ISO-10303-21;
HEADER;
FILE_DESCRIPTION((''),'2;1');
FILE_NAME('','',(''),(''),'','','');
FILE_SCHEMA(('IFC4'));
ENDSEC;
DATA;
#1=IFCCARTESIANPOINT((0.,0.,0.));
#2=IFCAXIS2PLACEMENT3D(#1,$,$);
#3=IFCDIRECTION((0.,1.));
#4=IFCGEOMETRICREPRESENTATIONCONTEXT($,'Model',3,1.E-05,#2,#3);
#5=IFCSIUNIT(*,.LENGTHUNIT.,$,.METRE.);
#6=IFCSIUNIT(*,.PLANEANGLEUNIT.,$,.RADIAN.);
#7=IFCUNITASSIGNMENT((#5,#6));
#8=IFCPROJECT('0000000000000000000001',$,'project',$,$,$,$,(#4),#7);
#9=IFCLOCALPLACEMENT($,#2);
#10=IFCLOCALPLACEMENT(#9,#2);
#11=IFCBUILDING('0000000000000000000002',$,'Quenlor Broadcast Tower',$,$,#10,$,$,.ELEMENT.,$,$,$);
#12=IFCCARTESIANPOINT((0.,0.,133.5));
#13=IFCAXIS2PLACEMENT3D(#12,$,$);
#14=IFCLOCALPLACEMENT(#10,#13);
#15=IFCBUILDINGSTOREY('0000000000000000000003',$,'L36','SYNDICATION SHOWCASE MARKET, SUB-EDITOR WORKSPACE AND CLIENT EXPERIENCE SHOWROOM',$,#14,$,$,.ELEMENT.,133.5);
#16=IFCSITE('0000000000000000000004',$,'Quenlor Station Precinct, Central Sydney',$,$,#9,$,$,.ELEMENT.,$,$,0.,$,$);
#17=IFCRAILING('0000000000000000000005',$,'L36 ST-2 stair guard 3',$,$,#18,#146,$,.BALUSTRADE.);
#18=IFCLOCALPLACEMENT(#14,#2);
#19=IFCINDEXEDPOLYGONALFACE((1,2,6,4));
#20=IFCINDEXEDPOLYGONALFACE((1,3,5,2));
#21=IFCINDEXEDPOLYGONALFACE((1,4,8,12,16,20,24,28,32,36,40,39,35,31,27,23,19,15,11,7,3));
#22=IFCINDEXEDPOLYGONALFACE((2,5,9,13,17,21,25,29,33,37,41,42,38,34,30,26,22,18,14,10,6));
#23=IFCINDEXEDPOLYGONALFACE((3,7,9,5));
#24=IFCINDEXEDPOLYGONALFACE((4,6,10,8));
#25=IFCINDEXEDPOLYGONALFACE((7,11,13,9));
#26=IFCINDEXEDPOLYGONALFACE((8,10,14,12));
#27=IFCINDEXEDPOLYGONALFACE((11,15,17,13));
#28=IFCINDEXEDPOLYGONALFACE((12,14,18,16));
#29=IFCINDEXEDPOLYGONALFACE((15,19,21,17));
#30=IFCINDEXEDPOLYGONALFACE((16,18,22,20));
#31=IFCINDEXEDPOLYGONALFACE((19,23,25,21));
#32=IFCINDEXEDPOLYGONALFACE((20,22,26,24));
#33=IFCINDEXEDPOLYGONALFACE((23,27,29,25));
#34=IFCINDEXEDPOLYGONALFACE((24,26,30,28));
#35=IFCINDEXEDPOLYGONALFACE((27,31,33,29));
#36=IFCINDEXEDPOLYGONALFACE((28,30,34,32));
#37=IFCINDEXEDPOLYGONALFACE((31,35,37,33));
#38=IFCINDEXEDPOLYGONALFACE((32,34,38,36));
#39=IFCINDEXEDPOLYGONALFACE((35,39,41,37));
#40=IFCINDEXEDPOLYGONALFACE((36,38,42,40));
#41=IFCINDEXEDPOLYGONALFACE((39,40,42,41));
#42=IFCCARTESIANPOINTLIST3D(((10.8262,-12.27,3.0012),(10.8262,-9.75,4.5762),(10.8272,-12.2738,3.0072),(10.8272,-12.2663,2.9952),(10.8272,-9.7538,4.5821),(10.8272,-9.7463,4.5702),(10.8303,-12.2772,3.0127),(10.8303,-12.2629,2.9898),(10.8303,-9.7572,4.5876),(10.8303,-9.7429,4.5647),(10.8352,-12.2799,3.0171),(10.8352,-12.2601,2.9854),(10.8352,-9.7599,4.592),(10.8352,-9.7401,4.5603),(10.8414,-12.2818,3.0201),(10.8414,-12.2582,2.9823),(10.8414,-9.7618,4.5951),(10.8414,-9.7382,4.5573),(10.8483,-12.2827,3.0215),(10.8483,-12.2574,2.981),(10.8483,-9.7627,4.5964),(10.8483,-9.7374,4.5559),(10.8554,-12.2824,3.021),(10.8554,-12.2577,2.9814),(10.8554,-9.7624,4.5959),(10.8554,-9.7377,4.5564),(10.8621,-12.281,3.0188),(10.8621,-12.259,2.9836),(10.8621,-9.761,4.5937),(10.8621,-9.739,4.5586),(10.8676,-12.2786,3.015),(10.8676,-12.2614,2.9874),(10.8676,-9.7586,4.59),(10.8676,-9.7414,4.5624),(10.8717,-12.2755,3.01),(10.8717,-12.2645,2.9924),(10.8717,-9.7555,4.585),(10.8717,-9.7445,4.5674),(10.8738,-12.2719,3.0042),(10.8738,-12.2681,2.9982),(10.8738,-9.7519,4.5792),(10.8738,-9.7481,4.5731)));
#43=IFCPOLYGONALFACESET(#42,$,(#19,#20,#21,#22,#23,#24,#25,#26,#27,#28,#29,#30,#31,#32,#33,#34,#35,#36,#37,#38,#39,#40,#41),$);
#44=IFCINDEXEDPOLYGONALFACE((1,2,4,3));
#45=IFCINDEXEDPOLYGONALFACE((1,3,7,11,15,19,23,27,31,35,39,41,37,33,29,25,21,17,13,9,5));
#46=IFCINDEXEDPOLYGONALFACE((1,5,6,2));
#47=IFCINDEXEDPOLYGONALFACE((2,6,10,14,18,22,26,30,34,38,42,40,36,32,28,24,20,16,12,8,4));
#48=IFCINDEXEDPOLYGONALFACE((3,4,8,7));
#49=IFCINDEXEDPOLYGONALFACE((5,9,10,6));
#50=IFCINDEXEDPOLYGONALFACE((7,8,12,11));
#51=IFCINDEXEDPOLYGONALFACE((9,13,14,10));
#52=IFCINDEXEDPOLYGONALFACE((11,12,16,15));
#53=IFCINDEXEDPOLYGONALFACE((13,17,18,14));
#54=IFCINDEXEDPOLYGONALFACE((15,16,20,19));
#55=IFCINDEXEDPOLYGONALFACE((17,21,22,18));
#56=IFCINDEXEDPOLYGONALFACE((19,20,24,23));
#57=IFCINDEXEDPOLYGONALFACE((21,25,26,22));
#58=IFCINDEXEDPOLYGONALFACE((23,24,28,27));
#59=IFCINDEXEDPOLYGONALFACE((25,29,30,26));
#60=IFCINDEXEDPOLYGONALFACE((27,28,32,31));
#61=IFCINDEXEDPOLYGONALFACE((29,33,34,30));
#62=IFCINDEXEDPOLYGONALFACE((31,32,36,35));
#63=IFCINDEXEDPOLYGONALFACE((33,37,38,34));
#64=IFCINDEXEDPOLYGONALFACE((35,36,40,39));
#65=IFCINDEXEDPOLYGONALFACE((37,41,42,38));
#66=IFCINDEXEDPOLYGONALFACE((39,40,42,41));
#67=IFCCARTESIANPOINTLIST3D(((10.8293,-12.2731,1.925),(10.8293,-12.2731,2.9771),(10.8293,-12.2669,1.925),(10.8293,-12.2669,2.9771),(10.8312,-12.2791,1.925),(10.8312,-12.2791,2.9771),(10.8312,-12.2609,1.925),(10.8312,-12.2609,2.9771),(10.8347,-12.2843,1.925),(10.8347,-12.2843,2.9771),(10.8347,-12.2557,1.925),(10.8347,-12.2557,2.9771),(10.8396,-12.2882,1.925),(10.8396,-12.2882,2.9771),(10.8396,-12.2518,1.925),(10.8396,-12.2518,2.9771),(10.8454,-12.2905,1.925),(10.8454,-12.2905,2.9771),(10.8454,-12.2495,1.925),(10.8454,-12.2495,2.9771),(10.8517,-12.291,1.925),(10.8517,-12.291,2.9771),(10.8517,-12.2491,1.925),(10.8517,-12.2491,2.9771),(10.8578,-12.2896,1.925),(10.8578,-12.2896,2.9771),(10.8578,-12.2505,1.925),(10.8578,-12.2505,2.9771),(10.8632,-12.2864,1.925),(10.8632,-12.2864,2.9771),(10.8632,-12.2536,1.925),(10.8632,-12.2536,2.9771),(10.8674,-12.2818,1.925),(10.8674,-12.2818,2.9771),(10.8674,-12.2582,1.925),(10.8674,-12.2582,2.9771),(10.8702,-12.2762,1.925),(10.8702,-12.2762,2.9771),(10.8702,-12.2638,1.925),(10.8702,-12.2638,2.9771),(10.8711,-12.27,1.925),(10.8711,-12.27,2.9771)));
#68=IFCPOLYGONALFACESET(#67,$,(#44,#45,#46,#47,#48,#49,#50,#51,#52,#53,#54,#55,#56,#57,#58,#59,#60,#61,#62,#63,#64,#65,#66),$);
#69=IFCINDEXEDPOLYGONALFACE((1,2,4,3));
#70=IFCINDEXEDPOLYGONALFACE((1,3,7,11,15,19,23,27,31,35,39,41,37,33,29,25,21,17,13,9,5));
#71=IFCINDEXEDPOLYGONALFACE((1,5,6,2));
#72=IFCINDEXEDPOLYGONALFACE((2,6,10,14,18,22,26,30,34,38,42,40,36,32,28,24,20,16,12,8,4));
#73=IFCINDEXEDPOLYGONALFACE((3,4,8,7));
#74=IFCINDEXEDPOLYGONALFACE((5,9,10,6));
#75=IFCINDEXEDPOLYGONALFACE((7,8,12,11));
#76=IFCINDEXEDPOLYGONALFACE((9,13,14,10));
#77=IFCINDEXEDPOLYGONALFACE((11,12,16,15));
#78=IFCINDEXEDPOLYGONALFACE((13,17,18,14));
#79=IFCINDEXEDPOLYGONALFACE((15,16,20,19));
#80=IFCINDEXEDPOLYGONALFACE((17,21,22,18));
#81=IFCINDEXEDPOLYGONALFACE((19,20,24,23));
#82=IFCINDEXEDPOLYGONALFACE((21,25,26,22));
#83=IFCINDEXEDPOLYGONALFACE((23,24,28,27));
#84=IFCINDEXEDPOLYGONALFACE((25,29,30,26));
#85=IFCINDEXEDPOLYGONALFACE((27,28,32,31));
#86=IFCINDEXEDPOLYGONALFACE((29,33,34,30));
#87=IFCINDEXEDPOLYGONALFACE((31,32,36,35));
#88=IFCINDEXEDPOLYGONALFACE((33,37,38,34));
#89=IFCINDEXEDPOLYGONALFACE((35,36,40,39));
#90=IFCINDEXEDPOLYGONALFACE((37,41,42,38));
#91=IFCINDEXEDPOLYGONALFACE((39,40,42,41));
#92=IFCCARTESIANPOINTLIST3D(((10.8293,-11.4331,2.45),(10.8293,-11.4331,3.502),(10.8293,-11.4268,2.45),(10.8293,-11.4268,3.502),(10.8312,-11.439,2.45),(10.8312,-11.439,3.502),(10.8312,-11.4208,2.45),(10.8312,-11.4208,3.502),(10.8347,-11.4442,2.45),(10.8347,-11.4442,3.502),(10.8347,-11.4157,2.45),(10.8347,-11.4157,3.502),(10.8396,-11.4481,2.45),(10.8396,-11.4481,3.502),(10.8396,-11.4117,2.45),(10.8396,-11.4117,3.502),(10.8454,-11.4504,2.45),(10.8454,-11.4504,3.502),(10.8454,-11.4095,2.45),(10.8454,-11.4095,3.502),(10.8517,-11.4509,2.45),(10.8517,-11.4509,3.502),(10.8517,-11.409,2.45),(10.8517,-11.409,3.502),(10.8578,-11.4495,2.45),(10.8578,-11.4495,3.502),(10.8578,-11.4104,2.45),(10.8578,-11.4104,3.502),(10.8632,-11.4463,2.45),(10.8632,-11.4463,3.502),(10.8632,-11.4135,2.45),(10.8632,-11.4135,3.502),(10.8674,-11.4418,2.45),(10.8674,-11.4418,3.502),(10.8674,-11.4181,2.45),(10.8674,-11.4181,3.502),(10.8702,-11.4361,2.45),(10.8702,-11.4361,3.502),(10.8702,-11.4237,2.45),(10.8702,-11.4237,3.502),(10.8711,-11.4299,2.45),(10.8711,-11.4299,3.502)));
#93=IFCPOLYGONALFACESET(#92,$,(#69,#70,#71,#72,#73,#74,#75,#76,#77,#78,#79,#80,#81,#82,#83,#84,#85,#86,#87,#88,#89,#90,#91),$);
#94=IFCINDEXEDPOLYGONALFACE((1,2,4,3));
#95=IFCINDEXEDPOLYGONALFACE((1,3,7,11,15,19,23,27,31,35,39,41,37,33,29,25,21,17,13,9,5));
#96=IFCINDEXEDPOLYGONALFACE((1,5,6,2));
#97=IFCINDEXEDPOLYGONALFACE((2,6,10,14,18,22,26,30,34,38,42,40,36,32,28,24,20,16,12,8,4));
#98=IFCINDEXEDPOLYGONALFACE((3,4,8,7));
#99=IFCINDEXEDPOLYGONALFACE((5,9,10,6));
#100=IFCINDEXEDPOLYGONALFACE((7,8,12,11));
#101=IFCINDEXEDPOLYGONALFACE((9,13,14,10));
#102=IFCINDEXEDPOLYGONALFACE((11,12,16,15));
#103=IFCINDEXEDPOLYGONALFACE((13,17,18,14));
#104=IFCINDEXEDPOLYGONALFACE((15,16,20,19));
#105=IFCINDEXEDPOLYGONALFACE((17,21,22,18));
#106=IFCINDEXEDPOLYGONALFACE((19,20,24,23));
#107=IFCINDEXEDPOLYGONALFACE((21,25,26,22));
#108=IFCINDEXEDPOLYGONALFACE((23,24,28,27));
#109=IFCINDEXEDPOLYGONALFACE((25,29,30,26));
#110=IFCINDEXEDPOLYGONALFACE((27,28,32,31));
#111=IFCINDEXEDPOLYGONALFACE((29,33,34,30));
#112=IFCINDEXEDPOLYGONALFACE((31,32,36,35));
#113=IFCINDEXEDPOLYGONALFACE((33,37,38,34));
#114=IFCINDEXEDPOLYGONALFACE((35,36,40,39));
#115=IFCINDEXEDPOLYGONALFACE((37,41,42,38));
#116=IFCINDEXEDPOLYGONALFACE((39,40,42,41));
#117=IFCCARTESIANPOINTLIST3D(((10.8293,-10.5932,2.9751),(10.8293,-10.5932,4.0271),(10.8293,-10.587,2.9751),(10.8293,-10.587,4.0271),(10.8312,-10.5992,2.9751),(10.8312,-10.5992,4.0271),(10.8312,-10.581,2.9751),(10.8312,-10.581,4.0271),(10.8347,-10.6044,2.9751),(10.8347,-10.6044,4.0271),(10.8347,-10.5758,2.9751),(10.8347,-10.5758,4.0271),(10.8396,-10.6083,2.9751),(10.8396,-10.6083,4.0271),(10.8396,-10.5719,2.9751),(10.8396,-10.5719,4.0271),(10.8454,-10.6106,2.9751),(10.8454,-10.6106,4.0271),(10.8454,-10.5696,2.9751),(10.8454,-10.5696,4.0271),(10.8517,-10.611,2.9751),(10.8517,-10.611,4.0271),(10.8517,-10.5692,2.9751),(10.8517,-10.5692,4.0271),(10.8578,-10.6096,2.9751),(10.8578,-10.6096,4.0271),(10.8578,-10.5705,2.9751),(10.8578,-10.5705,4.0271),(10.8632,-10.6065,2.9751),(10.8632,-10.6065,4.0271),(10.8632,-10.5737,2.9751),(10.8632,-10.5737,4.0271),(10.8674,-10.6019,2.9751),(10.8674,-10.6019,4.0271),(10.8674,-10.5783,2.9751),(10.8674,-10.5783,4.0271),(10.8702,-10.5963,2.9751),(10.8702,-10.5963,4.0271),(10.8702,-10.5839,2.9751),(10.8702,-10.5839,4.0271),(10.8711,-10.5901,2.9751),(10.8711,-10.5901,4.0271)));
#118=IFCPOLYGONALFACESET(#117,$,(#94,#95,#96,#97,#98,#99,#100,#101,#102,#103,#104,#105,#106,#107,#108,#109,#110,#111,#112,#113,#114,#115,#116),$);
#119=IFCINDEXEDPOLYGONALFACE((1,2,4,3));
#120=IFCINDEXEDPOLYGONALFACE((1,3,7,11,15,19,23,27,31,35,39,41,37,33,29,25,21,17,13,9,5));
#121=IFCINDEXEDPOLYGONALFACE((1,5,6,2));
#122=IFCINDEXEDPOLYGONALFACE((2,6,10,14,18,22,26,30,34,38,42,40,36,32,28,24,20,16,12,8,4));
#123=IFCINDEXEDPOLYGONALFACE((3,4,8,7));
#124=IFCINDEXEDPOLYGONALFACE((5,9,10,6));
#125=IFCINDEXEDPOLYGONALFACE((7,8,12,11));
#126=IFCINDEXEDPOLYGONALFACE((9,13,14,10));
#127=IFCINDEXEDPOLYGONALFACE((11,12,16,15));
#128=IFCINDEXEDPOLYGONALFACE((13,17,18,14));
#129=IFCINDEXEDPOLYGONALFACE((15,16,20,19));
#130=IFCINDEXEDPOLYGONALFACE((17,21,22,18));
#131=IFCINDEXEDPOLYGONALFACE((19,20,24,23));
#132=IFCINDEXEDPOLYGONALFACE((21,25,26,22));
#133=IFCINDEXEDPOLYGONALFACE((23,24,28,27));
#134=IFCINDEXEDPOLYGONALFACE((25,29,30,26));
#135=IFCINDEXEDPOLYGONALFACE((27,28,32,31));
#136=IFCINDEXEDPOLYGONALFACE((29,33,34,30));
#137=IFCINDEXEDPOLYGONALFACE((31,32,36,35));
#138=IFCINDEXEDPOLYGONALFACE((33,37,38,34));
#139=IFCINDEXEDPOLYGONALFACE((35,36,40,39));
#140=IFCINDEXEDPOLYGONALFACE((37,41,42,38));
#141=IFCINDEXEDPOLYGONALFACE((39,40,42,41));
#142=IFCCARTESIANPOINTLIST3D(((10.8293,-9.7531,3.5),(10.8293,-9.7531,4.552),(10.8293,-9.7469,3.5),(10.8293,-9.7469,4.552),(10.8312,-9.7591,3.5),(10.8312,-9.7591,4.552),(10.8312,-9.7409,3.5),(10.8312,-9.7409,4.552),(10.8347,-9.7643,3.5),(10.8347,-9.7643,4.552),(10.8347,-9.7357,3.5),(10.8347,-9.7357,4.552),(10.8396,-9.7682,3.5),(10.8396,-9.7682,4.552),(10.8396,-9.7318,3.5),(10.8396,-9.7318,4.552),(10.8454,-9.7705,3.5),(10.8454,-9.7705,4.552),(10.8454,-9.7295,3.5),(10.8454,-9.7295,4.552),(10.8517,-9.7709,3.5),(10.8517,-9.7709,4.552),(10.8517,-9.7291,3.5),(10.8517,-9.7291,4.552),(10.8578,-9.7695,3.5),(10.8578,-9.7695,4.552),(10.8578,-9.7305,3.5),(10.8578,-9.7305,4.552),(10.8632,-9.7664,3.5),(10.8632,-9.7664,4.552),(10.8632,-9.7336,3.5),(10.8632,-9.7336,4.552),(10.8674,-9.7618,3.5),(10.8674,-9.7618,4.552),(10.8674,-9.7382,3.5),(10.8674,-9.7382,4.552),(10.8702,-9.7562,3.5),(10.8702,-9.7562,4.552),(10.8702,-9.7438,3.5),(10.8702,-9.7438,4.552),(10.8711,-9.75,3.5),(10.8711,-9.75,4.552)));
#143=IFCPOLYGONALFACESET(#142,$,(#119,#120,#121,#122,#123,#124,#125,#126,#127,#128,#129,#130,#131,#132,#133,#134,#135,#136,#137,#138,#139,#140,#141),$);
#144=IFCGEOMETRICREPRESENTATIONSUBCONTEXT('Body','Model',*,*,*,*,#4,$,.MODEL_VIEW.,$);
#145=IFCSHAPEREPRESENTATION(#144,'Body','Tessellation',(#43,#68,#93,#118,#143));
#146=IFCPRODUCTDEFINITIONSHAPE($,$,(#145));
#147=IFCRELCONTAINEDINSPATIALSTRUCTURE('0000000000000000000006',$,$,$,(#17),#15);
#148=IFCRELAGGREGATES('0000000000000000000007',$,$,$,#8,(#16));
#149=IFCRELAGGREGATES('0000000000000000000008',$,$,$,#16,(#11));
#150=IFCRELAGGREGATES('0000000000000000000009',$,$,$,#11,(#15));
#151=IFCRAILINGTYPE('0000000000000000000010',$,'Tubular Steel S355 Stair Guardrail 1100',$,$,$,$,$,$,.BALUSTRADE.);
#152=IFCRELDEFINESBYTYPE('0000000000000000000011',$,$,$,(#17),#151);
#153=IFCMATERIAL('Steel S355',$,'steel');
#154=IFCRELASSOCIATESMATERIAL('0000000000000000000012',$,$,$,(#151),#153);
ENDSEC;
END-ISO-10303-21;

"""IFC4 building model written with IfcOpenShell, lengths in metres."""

from ifc_helpers import new_model, si_unit, direction, frame, origin, origin_2d, place, context, subcontext, project, spatial, circle, extrude, material, type_object, element, save


model = new_model("IFC4")

# Units and contexts
model_context = context("Model", 3, precision=1e-05, world=origin(), true_north=direction((0.0, 1.0)))
body_context = subcontext(model_context, "Body", "Model", "MODEL_VIEW")
ifc_project = project(units=[si_unit("LENGTHUNIT", "METRE"), si_unit("PLANEANGLEUNIT", "RADIAN")], contexts=[model_context])

# Site, building, storey
site_placement = place(None, origin())
site = spatial("IfcSite", under=ifc_project, at=site_placement, Name="Quenlor Station Precinct, Central Sydney", CompositionType="ELEMENT", RefElevation=0.0)
building_placement = place(site_placement, origin())
building = spatial("IfcBuilding", under=site, at=building_placement, Name="Quenlor Broadcast Tower", CompositionType="ELEMENT")
storey_placement = place(building_placement, frame((0.0, 0.0, 133.5)))
storey = spatial("IfcBuildingStorey", under=building, at=storey_placement, Name="L36", Description="SYNDICATION SHOWCASE MARKET, SUB-EDITOR WORKSPACE AND CLIENT EXPERIENCE SHOWROOM", CompositionType="ELEMENT", Elevation=133.5)

# Railing
ifc_material_1 = material(Name="Steel S355", Category="steel")
railing_type_1 = type_object("IfcRailingType", Name="Tubular Steel S355 Stair Guardrail 1100", PredefinedType="BALUSTRADE", material=ifc_material_1)
railing_1_placement = place(storey_placement, frame((10.8501, -12.27, 1.925)))
element("IfcRailing", 1, at=railing_1_placement, inside=storey, type_object=railing_type_1, Name="L36 ST-2 stair guard 3", PredefinedType="BALUSTRADE", context=body_context, shape_type="SweptSolid", body=[
    extrude(circle(Radius=0.0239, at=origin_2d()), frame((0.0, 0.0, 1.0762), z_axis=(0.0, 0.848008, 0.529984), x_axis=(-1.0, 0.0, 0.0)), (0.0, 0.0, 1.0), 2.9717),
    extrude(circle(Radius=0.021, at=origin_2d()), origin(), (0.0, 0.0, 1.0), 1.052),
    extrude(circle(Radius=0.021, at=origin_2d()), frame((0.0, 0.8401, 0.5249)), (0.0, 0.0, 1.0), 1.052),
    extrude(circle(Radius=0.021, at=origin_2d()), frame((0.0, 1.6799, 1.05)), (0.0, 0.0, 1.0), 1.052),
    extrude(circle(Radius=0.021, at=origin_2d()), frame((0.0, 2.52, 1.575)), (0.0, 0.0, 1.0), 1.052),
])

save(model, "model.ifc")
